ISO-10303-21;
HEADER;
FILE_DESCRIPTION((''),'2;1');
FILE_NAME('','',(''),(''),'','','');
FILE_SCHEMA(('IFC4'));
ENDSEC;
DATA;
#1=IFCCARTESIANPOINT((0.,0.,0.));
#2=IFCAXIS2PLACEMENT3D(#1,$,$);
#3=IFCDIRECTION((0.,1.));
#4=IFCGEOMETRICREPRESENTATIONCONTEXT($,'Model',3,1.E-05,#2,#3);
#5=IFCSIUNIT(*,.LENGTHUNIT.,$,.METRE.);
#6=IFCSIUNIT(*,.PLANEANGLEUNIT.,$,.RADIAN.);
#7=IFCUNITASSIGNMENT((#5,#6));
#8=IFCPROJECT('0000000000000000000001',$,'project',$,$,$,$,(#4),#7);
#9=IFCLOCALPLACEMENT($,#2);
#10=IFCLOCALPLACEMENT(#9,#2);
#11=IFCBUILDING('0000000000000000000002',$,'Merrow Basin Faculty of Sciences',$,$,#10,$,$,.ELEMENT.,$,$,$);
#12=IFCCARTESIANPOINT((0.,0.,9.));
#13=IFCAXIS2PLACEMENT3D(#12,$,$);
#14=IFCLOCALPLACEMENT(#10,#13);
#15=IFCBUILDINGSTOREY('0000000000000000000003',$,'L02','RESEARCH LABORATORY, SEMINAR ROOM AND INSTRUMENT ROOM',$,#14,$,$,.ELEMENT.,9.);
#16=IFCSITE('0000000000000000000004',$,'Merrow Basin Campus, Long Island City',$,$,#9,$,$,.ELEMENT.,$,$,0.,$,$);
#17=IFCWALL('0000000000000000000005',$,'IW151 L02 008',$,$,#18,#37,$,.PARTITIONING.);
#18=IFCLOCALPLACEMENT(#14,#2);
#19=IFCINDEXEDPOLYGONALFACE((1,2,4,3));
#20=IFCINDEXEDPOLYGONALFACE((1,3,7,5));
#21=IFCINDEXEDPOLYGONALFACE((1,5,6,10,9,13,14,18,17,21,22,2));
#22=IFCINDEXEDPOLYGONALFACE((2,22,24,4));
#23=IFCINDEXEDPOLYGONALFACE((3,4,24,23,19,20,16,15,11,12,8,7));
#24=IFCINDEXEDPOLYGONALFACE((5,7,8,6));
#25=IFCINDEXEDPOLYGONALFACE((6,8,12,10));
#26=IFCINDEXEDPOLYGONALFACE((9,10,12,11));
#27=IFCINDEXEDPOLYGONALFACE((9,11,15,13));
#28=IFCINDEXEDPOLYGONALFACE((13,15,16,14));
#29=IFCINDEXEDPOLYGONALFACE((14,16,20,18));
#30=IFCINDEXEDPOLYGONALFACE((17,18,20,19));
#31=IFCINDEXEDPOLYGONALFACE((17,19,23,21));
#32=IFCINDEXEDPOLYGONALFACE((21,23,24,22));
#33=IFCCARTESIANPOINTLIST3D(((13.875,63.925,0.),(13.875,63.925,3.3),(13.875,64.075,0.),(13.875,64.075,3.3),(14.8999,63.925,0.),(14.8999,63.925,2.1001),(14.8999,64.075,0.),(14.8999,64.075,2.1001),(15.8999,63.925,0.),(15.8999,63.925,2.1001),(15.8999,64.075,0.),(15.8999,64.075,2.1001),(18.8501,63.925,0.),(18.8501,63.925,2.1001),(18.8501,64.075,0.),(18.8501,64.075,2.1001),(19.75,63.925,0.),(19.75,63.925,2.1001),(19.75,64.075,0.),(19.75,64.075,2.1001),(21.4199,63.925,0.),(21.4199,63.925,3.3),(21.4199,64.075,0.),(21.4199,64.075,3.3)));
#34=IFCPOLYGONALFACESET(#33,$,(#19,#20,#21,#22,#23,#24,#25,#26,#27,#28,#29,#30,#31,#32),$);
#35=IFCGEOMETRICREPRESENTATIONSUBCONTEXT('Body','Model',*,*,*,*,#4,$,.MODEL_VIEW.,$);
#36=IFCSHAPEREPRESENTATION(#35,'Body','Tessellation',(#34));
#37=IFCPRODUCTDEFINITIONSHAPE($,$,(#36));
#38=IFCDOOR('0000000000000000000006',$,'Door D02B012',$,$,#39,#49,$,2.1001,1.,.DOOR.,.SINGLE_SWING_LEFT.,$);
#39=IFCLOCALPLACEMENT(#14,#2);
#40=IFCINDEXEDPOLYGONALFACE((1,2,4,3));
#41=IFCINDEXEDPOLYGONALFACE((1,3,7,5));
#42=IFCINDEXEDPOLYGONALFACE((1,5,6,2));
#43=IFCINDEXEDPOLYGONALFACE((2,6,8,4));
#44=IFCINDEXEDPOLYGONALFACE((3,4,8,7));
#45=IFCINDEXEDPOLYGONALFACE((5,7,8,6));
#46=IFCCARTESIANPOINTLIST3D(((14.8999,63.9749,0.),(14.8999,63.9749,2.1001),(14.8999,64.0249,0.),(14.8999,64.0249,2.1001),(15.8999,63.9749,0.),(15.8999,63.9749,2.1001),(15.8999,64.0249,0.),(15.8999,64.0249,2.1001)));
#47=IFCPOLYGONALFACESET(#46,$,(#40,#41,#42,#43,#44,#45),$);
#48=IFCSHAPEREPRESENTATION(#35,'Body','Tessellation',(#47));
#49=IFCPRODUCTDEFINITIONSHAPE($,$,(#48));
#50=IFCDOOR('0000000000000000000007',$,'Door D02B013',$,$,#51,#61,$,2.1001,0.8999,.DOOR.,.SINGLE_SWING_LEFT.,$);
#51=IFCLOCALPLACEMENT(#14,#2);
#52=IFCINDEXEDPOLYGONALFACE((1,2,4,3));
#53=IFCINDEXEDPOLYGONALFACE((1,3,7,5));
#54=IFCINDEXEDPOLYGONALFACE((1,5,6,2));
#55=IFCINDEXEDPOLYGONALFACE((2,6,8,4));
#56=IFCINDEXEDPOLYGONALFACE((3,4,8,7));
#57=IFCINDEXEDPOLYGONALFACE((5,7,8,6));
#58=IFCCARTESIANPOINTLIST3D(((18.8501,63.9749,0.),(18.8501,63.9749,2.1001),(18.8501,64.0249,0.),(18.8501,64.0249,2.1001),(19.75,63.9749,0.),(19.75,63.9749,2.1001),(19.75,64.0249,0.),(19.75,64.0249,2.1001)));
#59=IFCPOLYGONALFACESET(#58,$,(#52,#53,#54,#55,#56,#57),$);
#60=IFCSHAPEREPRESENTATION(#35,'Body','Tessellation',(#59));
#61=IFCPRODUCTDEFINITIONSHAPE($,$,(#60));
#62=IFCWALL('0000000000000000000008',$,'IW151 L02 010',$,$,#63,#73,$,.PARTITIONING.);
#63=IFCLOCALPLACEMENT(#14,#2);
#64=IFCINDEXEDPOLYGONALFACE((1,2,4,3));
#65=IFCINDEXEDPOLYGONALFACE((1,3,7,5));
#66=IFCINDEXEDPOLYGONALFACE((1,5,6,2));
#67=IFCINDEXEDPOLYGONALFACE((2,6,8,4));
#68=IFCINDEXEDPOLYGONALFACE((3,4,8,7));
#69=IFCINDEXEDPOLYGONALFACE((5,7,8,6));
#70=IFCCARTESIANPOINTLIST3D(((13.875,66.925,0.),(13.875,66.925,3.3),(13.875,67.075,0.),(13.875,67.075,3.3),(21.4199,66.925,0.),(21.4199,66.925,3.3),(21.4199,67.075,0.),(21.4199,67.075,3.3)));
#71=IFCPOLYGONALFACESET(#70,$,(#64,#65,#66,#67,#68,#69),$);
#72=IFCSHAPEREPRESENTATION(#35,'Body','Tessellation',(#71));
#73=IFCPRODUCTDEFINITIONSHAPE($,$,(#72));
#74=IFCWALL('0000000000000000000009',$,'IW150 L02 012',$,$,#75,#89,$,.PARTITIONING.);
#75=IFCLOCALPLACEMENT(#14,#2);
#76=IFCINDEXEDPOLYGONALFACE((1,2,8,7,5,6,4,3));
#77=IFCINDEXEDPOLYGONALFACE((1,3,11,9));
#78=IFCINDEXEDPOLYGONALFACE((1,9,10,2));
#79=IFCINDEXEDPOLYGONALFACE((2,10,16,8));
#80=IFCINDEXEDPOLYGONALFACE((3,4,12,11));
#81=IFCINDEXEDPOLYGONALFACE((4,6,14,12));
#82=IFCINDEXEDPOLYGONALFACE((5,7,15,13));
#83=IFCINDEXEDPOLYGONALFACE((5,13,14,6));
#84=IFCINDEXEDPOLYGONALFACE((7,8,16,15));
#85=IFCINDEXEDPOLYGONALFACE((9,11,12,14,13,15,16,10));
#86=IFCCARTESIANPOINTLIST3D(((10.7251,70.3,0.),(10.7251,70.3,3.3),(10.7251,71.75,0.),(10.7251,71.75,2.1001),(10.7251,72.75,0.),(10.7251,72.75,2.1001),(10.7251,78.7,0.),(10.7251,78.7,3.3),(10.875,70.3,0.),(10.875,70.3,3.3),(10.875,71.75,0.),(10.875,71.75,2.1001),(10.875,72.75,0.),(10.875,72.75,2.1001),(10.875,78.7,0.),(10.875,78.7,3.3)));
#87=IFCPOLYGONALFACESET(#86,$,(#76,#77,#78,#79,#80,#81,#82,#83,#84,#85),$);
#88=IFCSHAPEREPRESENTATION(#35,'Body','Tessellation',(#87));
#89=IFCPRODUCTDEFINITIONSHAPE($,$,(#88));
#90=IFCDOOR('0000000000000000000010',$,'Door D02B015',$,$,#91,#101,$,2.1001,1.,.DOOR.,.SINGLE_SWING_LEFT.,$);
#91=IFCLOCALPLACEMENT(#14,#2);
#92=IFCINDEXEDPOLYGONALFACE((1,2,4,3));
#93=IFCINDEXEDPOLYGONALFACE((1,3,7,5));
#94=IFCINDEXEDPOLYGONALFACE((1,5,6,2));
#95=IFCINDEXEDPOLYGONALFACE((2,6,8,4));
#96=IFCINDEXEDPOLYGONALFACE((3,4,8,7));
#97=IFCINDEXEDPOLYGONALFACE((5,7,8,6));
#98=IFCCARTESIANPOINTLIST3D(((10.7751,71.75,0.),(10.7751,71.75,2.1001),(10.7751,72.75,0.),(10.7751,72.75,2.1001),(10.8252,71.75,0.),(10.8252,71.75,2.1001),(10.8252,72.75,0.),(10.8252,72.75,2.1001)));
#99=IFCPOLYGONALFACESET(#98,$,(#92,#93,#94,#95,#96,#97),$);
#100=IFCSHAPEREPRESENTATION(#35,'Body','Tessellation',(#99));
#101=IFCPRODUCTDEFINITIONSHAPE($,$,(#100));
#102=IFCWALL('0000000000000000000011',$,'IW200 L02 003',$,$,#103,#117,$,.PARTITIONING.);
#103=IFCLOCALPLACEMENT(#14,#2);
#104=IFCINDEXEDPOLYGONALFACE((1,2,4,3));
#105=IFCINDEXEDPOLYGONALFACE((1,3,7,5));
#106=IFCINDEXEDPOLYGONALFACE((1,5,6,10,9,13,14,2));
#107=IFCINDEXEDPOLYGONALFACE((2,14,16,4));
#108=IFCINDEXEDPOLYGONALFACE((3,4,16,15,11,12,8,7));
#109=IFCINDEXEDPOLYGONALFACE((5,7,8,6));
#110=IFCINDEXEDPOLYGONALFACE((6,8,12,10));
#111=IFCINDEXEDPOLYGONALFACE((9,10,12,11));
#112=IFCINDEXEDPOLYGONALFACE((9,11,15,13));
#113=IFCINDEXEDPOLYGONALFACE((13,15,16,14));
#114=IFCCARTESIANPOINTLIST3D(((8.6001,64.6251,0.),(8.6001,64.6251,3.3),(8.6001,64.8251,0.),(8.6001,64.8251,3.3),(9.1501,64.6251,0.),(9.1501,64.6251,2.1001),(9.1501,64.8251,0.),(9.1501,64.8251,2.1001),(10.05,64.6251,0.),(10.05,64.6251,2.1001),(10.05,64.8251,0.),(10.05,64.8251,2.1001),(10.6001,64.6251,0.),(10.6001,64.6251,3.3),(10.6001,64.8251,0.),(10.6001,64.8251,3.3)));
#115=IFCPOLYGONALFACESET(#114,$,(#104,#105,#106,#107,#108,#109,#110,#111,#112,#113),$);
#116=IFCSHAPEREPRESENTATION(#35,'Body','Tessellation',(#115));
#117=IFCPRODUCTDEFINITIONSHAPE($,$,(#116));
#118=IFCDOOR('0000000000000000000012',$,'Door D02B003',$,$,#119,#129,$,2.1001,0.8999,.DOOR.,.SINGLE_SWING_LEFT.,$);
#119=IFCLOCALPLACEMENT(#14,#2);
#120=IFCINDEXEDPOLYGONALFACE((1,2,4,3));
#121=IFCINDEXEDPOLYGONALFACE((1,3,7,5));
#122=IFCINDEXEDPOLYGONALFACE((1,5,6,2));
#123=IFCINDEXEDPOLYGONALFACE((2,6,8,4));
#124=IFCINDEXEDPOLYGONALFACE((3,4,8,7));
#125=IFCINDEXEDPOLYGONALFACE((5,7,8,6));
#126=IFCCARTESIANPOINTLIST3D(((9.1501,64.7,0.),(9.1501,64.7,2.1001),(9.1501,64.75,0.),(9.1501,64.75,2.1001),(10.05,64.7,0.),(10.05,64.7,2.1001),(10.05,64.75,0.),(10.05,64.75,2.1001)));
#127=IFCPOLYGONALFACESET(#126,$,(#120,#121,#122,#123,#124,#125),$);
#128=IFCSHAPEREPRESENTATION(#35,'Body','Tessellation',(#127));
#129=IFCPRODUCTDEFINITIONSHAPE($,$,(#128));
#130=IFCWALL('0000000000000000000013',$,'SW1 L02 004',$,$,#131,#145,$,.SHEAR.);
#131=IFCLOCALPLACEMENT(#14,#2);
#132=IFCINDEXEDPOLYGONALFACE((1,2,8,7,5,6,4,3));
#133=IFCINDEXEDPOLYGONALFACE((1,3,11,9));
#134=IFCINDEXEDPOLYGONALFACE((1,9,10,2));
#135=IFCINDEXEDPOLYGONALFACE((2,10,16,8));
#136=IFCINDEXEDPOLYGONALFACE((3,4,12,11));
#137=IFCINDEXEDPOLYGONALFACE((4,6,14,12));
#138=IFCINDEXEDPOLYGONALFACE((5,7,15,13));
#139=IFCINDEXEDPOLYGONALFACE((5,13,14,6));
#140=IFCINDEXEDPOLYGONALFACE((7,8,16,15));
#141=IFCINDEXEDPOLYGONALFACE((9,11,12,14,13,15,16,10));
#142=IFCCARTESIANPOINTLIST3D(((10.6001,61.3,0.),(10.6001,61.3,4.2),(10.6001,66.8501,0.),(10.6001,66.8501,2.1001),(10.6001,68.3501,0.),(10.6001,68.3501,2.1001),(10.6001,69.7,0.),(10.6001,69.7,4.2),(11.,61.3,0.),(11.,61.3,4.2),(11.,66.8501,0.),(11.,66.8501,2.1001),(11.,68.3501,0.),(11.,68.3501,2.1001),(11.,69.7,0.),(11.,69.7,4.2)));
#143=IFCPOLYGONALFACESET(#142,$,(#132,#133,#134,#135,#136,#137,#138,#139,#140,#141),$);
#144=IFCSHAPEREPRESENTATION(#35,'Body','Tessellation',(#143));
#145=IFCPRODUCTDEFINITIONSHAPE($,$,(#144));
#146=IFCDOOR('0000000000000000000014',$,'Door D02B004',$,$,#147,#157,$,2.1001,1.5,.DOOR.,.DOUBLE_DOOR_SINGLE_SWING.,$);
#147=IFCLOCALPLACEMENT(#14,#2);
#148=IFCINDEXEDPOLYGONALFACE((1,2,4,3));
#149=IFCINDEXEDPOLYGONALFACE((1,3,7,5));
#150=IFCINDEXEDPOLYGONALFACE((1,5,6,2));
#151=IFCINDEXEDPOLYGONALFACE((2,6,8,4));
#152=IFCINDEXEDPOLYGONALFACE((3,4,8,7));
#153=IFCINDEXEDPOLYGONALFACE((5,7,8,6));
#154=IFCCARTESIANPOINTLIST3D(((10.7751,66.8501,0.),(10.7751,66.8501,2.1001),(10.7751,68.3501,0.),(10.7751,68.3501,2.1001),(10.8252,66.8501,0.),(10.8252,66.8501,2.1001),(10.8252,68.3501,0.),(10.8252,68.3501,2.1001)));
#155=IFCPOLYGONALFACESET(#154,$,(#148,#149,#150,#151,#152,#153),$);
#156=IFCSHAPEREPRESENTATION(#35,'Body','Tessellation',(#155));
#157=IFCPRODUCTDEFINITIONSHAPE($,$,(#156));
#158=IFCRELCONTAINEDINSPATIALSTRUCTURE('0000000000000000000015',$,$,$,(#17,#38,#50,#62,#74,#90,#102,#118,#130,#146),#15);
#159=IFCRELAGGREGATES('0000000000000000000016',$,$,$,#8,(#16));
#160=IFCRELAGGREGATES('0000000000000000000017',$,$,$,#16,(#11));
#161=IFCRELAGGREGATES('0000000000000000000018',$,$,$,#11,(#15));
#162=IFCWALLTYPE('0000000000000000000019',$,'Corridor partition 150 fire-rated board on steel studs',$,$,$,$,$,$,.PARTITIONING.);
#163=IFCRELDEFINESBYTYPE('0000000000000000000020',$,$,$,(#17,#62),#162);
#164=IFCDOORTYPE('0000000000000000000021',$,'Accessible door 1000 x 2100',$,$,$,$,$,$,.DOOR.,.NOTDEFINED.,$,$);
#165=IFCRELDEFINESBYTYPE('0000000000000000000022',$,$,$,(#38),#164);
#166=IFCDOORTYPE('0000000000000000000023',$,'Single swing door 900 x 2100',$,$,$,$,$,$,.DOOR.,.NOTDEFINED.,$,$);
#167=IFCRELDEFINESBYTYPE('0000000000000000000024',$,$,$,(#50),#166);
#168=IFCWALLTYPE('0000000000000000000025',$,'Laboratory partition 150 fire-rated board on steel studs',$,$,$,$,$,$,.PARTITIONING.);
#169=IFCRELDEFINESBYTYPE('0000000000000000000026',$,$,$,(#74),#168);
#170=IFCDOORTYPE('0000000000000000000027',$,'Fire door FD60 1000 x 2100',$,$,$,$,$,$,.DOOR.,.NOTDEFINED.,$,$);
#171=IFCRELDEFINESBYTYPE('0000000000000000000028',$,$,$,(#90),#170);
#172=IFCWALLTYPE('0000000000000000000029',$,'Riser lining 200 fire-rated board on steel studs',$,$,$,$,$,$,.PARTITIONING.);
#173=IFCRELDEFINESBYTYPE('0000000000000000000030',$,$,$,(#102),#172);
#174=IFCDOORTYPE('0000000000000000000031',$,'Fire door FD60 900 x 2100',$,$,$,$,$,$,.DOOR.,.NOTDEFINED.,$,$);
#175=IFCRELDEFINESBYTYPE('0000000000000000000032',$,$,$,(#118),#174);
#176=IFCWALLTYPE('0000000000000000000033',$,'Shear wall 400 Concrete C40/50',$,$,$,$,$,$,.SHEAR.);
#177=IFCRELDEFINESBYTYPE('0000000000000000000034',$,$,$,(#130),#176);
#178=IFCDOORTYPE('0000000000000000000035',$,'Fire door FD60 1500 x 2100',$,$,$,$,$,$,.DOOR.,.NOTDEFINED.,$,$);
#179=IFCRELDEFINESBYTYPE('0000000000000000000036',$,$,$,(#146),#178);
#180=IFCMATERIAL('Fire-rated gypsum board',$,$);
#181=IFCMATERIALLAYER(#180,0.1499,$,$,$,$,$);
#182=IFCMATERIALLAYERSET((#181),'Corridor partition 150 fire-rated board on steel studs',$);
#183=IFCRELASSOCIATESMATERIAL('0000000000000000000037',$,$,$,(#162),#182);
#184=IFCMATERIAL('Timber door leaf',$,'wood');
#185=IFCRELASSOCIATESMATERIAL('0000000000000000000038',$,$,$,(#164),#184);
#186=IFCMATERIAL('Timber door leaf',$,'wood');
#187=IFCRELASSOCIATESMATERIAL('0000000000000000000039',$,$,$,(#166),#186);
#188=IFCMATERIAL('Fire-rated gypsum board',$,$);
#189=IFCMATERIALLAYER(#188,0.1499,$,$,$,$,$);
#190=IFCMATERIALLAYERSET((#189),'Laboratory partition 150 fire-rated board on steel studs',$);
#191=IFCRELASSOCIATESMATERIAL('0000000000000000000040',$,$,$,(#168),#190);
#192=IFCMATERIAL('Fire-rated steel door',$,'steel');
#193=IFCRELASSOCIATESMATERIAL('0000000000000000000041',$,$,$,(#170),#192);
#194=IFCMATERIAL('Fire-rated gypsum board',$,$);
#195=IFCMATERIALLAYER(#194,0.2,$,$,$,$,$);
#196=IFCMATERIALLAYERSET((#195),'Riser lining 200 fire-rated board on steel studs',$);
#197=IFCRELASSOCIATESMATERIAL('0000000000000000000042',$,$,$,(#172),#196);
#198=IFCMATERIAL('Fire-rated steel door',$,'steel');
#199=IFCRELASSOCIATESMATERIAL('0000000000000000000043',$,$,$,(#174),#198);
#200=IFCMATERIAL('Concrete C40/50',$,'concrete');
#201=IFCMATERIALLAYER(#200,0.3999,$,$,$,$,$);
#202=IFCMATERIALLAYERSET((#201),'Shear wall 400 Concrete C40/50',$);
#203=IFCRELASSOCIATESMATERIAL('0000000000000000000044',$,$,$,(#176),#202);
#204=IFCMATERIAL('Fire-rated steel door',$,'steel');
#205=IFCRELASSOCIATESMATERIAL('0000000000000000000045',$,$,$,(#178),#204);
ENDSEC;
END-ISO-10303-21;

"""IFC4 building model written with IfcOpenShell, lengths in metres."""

from ifc_helpers import new_model, si_unit, direction, frame, frame_2d, origin, place, context, subcontext, project, spatial, rectangle, extrude, material, layer, layer_set, type_object, element, fill, save


model = new_model("IFC4")

# Units and contexts
model_context = context("Model", 3, precision=1e-05, world=origin(), true_north=direction((0.0, 1.0)))
body_context = subcontext(model_context, "Body", "Model", "MODEL_VIEW")
ifc_project = project(units=[si_unit("LENGTHUNIT", "METRE"), si_unit("PLANEANGLEUNIT", "RADIAN")], contexts=[model_context])

# Site, building, storey
site_placement = place(None, origin())
site = spatial("IfcSite", under=ifc_project, at=site_placement, Name="Merrow Basin Campus, Long Island City", CompositionType="ELEMENT", RefElevation=0.0)
building_placement = place(site_placement, origin())
building = spatial("IfcBuilding", under=site, at=building_placement, Name="Merrow Basin Faculty of Sciences", CompositionType="ELEMENT")
storey_placement = place(building_placement, frame((0.0, 0.0, 9.0)))
storey = spatial("IfcBuildingStorey", under=building, at=storey_placement, Name="L02", Description="RESEARCH LABORATORY, SEMINAR ROOM AND INSTRUMENT ROOM", CompositionType="ELEMENT", Elevation=9.0)

# Wall, openings, doors
ifc_material_1 = material(Name="Fire-rated gypsum board")
ifc_layer_1 = layer(ifc_material_1, 0.1499)
ifc_layer_set_1 = layer_set([ifc_layer_1], Name="Corridor partition 150 fire-rated board on steel studs")
wall_type_1 = type_object("IfcWallType", Name="Corridor partition 150 fire-rated board on steel studs", PredefinedType="PARTITIONING", material=ifc_layer_set_1)
wall_1_placement = place(storey_placement, frame((13.875, 64.0, 0.0), z_axis=(0.0, 0.0, 1.0), x_axis=(1.0, 0.0, 0.0)))
wall_1 = element("IfcWall", 1, at=wall_1_placement, inside=storey, type_object=wall_type_1, Name="IW151 L02 008", PredefinedType="PARTITIONING", context=body_context, shape_type="SweptSolid", body=[
    extrude(rectangle(XDim=7.5449, YDim=0.1499, at=frame_2d((3.7725, 0.0))), origin(), (0.0, 0.0, 1.0), 3.3),
])
opening_1_placement = place(wall_1_placement, frame((1.0249, 0.0, 0.0)))
opening_1 = element("IfcOpeningElement", 2, at=opening_1_placement, cuts=wall_1, PredefinedType="OPENING", context=body_context, shape_type="SweptSolid", body=[
    extrude(rectangle(XDim=1.0, YDim=2.1001, at=frame_2d((0.5, 1.05))), frame((0.0, 0.085, 0.0), z_axis=(0.0, -1.0, 0.0), x_axis=(1.0, 0.0, 0.0)), (0.0, 0.0, 1.0), 0.1699),
])
opening_2_placement = place(wall_1_placement, frame((4.9751, 0.0, 0.0)))
opening_2 = element("IfcOpeningElement", 3, at=opening_2_placement, cuts=wall_1, PredefinedType="OPENING", context=body_context, shape_type="SweptSolid", body=[
    extrude(rectangle(XDim=0.8999, YDim=2.1001, at=frame_2d((0.45, 1.05))), frame((0.0, 0.085, 0.0), z_axis=(0.0, -1.0, 0.0), x_axis=(1.0, 0.0, 0.0)), (0.0, 0.0, 1.0), 0.1699),
])
ifc_material_2 = material(Name="Timber door leaf", Category="wood")
door_type_1 = type_object("IfcDoorType", Name="Accessible door 1000 x 2100", OperationType="NOTDEFINED", PredefinedType="DOOR", material=ifc_material_2)
door_1_placement = place(opening_1_placement, origin())
door_1 = element("IfcDoor", 4, at=door_1_placement, inside=storey, type_object=door_type_1, Name="Door D02B012", OperationType="SINGLE_SWING_LEFT", OverallHeight=2.1001, OverallWidth=1.0, PredefinedType="DOOR", context=body_context, shape_type="SweptSolid", body=[
    extrude(rectangle(XDim=1.0, YDim=2.1001, at=frame_2d((0.5, 1.05))), frame((0.0, 0.0249, 0.0), z_axis=(0.0, -1.0, 0.0), x_axis=(1.0, 0.0, 0.0)), (0.0, 0.0, 1.0), 0.05),
])
fill(opening_1, door_1)
ifc_material_3 = material(Name="Timber door leaf", Category="wood")
door_type_2 = type_object("IfcDoorType", Name="Single swing door 900 x 2100", OperationType="NOTDEFINED", PredefinedType="DOOR", material=ifc_material_3)
door_2_placement = place(opening_2_placement, origin())
door_2 = element("IfcDoor", 5, at=door_2_placement, inside=storey, type_object=door_type_2, Name="Door D02B013", OperationType="SINGLE_SWING_LEFT", OverallHeight=2.1001, OverallWidth=0.8999, PredefinedType="DOOR", context=body_context, shape_type="SweptSolid", body=[
    extrude(rectangle(XDim=0.8999, YDim=2.1001, at=frame_2d((0.45, 1.05))), frame((0.0, 0.0249, 0.0), z_axis=(0.0, -1.0, 0.0), x_axis=(1.0, 0.0, 0.0)), (0.0, 0.0, 1.0), 0.05),
])
fill(opening_2, door_2)

# Wall
wall_2_placement = place(storey_placement, frame((13.875, 67.0, 0.0), z_axis=(0.0, 0.0, 1.0), x_axis=(1.0, 0.0, 0.0)))
element("IfcWall", 6, at=wall_2_placement, inside=storey, type_object=wall_type_1, Name="IW151 L02 010", PredefinedType="PARTITIONING", context=body_context, shape_type="SweptSolid", body=[
    extrude(rectangle(XDim=7.5449, YDim=0.1499, at=frame_2d((3.7725, 0.0))), origin(), (0.0, 0.0, 1.0), 3.3),
])

# Walls, openings, doors
ifc_material_4 = material(Name="Fire-rated gypsum board")
ifc_layer_2 = layer(ifc_material_4, 0.1499)
ifc_layer_set_2 = layer_set([ifc_layer_2], Name="Laboratory partition 150 fire-rated board on steel studs")
wall_type_2 = type_object("IfcWallType", Name="Laboratory partition 150 fire-rated board on steel studs", PredefinedType="PARTITIONING", material=ifc_layer_set_2)
wall_3_placement = place(storey_placement, frame((10.8, 70.3, 0.0), z_axis=(0.0, 0.0, 1.0), x_axis=(0.0, 1.0, 0.0)))
wall_3 = element("IfcWall", 7, at=wall_3_placement, inside=storey, type_object=wall_type_2, Name="IW150 L02 012", PredefinedType="PARTITIONING", context=body_context, shape_type="SweptSolid", body=[
    extrude(rectangle(XDim=8.3999, YDim=0.1499, at=frame_2d((4.2, 0.0))), origin(), (0.0, 0.0, 1.0), 3.3),
])
opening_3_placement = place(wall_3_placement, frame((1.45, 0.0, 0.0)))
opening_3 = element("IfcOpeningElement", 8, at=opening_3_placement, cuts=wall_3, PredefinedType="OPENING", context=body_context, shape_type="SweptSolid", body=[
    extrude(rectangle(XDim=1.0, YDim=2.1001, at=frame_2d((0.5, 1.05))), frame((0.0, 0.085, 0.0), z_axis=(0.0, -1.0, 0.0), x_axis=(1.0, 0.0, 0.0)), (0.0, 0.0, 1.0), 0.1699),
])
ifc_material_5 = material(Name="Fire-rated steel door", Category="steel")
door_type_3 = type_object("IfcDoorType", Name="Fire door FD60 1000 x 2100", OperationType="NOTDEFINED", PredefinedType="DOOR", material=ifc_material_5)
door_3_placement = place(opening_3_placement, origin())
door_3 = element("IfcDoor", 9, at=door_3_placement, inside=storey, type_object=door_type_3, Name="Door D02B015", OperationType="SINGLE_SWING_LEFT", OverallHeight=2.1001, OverallWidth=1.0, PredefinedType="DOOR", context=body_context, shape_type="SweptSolid", body=[
    extrude(rectangle(XDim=1.0, YDim=2.1001, at=frame_2d((0.5, 1.05))), frame((0.0, 0.0249, 0.0), z_axis=(0.0, -1.0, 0.0), x_axis=(1.0, 0.0, 0.0)), (0.0, 0.0, 1.0), 0.05),
])
fill(opening_3, door_3)
ifc_material_6 = material(Name="Fire-rated gypsum board")
ifc_layer_3 = layer(ifc_material_6, 0.2)
ifc_layer_set_3 = layer_set([ifc_layer_3], Name="Riser lining 200 fire-rated board on steel studs")
wall_type_3 = type_object("IfcWallType", Name="Riser lining 200 fire-rated board on steel studs", PredefinedType="PARTITIONING", material=ifc_layer_set_3)
wall_4_placement = place(storey_placement, frame((8.6001, 64.7251, 0.0), z_axis=(0.0, 0.0, 1.0), x_axis=(1.0, 0.0, 0.0)))
wall_4 = element("IfcWall", 10, at=wall_4_placement, inside=storey, type_object=wall_type_3, Name="IW200 L02 003", PredefinedType="PARTITIONING", context=body_context, shape_type="SweptSolid", body=[
    extrude(rectangle(XDim=2.0, YDim=0.2, at=frame_2d((1.0, 0.0))), origin(), (0.0, 0.0, 1.0), 3.3),
])
opening_4_placement = place(wall_4_placement, frame((0.55, 0.0, 0.0)))
opening_4 = element("IfcOpeningElement", 11, at=opening_4_placement, cuts=wall_4, PredefinedType="OPENING", context=body_context, shape_type="SweptSolid", body=[
    extrude(rectangle(XDim=0.8999, YDim=2.1001, at=frame_2d((0.45, 1.05))), frame((0.0, 0.1099, 0.0), z_axis=(0.0, -1.0, 0.0), x_axis=(1.0, 0.0, 0.0)), (0.0, 0.0, 1.0), 0.22),
])
ifc_material_7 = material(Name="Fire-rated steel door", Category="steel")
door_type_4 = type_object("IfcDoorType", Name="Fire door FD60 900 x 2100", OperationType="NOTDEFINED", PredefinedType="DOOR", material=ifc_material_7)
door_4_placement = place(opening_4_placement, origin())
door_4 = element("IfcDoor", 12, at=door_4_placement, inside=storey, type_object=door_type_4, Name="Door D02B003", OperationType="SINGLE_SWING_LEFT", OverallHeight=2.1001, OverallWidth=0.8999, PredefinedType="DOOR", context=body_context, shape_type="SweptSolid", body=[
    extrude(rectangle(XDim=0.8999, YDim=2.1001, at=frame_2d((0.45, 1.05))), frame((0.0, 0.0249, 0.0), z_axis=(0.0, -1.0, 0.0), x_axis=(1.0, 0.0, 0.0)), (0.0, 0.0, 1.0), 0.05),
])
fill(opening_4, door_4)
ifc_material_8 = material(Name="Concrete C40/50", Category="concrete")
ifc_layer_4 = layer(ifc_material_8, 0.3999)
ifc_layer_set_4 = layer_set([ifc_layer_4], Name="Shear wall 400 Concrete C40/50")
wall_type_4 = type_object("IfcWallType", Name="Shear wall 400 Concrete C40/50", PredefinedType="SHEAR", material=ifc_layer_set_4)
wall_5_placement = place(storey_placement, frame((10.8, 61.3, 0.0), z_axis=(0.0, 0.0, 1.0), x_axis=(0.0, 1.0, 0.0)))
wall_5 = element("IfcWall", 13, at=wall_5_placement, inside=storey, type_object=wall_type_4, Name="SW1 L02 004", PredefinedType="SHEAR", context=body_context, shape_type="SweptSolid", body=[
    extrude(rectangle(XDim=8.3999, YDim=0.3999, at=frame_2d((4.2, 0.0))), origin(), (0.0, 0.0, 1.0), 4.2),
])
opening_5_placement = place(wall_5_placement, frame((5.55, 0.0, 0.0)))
opening_5 = element("IfcOpeningElement", 14, at=opening_5_placement, cuts=wall_5, PredefinedType="OPENING", context=body_context, shape_type="SweptSolid", body=[
    extrude(rectangle(XDim=1.5, YDim=2.1001, at=frame_2d((0.75, 1.05))), frame((0.0, 0.21, 0.0), z_axis=(0.0, -1.0, 0.0), x_axis=(1.0, 0.0, 0.0)), (0.0, 0.0, 1.0), 0.4199),
])
ifc_material_9 = material(Name="Fire-rated steel door", Category="steel")
door_type_5 = type_object("IfcDoorType", Name="Fire door FD60 1500 x 2100", OperationType="NOTDEFINED", PredefinedType="DOOR", material=ifc_material_9)
door_5_placement = place(opening_5_placement, origin())
door_5 = element("IfcDoor", 15, at=door_5_placement, inside=storey, type_object=door_type_5, Name="Door D02B004", OperationType="DOUBLE_DOOR_SINGLE_SWING", OverallHeight=2.1001, OverallWidth=1.5, PredefinedType="DOOR", context=body_context, shape_type="SweptSolid", body=[
    extrude(rectangle(XDim=1.5, YDim=2.1001, at=frame_2d((0.75, 1.05))), frame((0.0, 0.0249, 0.0), z_axis=(0.0, -1.0, 0.0), x_axis=(1.0, 0.0, 0.0)), (0.0, 0.0, 1.0), 0.05),
])
fill(opening_5, door_5)

save(model, "model.ifc")
